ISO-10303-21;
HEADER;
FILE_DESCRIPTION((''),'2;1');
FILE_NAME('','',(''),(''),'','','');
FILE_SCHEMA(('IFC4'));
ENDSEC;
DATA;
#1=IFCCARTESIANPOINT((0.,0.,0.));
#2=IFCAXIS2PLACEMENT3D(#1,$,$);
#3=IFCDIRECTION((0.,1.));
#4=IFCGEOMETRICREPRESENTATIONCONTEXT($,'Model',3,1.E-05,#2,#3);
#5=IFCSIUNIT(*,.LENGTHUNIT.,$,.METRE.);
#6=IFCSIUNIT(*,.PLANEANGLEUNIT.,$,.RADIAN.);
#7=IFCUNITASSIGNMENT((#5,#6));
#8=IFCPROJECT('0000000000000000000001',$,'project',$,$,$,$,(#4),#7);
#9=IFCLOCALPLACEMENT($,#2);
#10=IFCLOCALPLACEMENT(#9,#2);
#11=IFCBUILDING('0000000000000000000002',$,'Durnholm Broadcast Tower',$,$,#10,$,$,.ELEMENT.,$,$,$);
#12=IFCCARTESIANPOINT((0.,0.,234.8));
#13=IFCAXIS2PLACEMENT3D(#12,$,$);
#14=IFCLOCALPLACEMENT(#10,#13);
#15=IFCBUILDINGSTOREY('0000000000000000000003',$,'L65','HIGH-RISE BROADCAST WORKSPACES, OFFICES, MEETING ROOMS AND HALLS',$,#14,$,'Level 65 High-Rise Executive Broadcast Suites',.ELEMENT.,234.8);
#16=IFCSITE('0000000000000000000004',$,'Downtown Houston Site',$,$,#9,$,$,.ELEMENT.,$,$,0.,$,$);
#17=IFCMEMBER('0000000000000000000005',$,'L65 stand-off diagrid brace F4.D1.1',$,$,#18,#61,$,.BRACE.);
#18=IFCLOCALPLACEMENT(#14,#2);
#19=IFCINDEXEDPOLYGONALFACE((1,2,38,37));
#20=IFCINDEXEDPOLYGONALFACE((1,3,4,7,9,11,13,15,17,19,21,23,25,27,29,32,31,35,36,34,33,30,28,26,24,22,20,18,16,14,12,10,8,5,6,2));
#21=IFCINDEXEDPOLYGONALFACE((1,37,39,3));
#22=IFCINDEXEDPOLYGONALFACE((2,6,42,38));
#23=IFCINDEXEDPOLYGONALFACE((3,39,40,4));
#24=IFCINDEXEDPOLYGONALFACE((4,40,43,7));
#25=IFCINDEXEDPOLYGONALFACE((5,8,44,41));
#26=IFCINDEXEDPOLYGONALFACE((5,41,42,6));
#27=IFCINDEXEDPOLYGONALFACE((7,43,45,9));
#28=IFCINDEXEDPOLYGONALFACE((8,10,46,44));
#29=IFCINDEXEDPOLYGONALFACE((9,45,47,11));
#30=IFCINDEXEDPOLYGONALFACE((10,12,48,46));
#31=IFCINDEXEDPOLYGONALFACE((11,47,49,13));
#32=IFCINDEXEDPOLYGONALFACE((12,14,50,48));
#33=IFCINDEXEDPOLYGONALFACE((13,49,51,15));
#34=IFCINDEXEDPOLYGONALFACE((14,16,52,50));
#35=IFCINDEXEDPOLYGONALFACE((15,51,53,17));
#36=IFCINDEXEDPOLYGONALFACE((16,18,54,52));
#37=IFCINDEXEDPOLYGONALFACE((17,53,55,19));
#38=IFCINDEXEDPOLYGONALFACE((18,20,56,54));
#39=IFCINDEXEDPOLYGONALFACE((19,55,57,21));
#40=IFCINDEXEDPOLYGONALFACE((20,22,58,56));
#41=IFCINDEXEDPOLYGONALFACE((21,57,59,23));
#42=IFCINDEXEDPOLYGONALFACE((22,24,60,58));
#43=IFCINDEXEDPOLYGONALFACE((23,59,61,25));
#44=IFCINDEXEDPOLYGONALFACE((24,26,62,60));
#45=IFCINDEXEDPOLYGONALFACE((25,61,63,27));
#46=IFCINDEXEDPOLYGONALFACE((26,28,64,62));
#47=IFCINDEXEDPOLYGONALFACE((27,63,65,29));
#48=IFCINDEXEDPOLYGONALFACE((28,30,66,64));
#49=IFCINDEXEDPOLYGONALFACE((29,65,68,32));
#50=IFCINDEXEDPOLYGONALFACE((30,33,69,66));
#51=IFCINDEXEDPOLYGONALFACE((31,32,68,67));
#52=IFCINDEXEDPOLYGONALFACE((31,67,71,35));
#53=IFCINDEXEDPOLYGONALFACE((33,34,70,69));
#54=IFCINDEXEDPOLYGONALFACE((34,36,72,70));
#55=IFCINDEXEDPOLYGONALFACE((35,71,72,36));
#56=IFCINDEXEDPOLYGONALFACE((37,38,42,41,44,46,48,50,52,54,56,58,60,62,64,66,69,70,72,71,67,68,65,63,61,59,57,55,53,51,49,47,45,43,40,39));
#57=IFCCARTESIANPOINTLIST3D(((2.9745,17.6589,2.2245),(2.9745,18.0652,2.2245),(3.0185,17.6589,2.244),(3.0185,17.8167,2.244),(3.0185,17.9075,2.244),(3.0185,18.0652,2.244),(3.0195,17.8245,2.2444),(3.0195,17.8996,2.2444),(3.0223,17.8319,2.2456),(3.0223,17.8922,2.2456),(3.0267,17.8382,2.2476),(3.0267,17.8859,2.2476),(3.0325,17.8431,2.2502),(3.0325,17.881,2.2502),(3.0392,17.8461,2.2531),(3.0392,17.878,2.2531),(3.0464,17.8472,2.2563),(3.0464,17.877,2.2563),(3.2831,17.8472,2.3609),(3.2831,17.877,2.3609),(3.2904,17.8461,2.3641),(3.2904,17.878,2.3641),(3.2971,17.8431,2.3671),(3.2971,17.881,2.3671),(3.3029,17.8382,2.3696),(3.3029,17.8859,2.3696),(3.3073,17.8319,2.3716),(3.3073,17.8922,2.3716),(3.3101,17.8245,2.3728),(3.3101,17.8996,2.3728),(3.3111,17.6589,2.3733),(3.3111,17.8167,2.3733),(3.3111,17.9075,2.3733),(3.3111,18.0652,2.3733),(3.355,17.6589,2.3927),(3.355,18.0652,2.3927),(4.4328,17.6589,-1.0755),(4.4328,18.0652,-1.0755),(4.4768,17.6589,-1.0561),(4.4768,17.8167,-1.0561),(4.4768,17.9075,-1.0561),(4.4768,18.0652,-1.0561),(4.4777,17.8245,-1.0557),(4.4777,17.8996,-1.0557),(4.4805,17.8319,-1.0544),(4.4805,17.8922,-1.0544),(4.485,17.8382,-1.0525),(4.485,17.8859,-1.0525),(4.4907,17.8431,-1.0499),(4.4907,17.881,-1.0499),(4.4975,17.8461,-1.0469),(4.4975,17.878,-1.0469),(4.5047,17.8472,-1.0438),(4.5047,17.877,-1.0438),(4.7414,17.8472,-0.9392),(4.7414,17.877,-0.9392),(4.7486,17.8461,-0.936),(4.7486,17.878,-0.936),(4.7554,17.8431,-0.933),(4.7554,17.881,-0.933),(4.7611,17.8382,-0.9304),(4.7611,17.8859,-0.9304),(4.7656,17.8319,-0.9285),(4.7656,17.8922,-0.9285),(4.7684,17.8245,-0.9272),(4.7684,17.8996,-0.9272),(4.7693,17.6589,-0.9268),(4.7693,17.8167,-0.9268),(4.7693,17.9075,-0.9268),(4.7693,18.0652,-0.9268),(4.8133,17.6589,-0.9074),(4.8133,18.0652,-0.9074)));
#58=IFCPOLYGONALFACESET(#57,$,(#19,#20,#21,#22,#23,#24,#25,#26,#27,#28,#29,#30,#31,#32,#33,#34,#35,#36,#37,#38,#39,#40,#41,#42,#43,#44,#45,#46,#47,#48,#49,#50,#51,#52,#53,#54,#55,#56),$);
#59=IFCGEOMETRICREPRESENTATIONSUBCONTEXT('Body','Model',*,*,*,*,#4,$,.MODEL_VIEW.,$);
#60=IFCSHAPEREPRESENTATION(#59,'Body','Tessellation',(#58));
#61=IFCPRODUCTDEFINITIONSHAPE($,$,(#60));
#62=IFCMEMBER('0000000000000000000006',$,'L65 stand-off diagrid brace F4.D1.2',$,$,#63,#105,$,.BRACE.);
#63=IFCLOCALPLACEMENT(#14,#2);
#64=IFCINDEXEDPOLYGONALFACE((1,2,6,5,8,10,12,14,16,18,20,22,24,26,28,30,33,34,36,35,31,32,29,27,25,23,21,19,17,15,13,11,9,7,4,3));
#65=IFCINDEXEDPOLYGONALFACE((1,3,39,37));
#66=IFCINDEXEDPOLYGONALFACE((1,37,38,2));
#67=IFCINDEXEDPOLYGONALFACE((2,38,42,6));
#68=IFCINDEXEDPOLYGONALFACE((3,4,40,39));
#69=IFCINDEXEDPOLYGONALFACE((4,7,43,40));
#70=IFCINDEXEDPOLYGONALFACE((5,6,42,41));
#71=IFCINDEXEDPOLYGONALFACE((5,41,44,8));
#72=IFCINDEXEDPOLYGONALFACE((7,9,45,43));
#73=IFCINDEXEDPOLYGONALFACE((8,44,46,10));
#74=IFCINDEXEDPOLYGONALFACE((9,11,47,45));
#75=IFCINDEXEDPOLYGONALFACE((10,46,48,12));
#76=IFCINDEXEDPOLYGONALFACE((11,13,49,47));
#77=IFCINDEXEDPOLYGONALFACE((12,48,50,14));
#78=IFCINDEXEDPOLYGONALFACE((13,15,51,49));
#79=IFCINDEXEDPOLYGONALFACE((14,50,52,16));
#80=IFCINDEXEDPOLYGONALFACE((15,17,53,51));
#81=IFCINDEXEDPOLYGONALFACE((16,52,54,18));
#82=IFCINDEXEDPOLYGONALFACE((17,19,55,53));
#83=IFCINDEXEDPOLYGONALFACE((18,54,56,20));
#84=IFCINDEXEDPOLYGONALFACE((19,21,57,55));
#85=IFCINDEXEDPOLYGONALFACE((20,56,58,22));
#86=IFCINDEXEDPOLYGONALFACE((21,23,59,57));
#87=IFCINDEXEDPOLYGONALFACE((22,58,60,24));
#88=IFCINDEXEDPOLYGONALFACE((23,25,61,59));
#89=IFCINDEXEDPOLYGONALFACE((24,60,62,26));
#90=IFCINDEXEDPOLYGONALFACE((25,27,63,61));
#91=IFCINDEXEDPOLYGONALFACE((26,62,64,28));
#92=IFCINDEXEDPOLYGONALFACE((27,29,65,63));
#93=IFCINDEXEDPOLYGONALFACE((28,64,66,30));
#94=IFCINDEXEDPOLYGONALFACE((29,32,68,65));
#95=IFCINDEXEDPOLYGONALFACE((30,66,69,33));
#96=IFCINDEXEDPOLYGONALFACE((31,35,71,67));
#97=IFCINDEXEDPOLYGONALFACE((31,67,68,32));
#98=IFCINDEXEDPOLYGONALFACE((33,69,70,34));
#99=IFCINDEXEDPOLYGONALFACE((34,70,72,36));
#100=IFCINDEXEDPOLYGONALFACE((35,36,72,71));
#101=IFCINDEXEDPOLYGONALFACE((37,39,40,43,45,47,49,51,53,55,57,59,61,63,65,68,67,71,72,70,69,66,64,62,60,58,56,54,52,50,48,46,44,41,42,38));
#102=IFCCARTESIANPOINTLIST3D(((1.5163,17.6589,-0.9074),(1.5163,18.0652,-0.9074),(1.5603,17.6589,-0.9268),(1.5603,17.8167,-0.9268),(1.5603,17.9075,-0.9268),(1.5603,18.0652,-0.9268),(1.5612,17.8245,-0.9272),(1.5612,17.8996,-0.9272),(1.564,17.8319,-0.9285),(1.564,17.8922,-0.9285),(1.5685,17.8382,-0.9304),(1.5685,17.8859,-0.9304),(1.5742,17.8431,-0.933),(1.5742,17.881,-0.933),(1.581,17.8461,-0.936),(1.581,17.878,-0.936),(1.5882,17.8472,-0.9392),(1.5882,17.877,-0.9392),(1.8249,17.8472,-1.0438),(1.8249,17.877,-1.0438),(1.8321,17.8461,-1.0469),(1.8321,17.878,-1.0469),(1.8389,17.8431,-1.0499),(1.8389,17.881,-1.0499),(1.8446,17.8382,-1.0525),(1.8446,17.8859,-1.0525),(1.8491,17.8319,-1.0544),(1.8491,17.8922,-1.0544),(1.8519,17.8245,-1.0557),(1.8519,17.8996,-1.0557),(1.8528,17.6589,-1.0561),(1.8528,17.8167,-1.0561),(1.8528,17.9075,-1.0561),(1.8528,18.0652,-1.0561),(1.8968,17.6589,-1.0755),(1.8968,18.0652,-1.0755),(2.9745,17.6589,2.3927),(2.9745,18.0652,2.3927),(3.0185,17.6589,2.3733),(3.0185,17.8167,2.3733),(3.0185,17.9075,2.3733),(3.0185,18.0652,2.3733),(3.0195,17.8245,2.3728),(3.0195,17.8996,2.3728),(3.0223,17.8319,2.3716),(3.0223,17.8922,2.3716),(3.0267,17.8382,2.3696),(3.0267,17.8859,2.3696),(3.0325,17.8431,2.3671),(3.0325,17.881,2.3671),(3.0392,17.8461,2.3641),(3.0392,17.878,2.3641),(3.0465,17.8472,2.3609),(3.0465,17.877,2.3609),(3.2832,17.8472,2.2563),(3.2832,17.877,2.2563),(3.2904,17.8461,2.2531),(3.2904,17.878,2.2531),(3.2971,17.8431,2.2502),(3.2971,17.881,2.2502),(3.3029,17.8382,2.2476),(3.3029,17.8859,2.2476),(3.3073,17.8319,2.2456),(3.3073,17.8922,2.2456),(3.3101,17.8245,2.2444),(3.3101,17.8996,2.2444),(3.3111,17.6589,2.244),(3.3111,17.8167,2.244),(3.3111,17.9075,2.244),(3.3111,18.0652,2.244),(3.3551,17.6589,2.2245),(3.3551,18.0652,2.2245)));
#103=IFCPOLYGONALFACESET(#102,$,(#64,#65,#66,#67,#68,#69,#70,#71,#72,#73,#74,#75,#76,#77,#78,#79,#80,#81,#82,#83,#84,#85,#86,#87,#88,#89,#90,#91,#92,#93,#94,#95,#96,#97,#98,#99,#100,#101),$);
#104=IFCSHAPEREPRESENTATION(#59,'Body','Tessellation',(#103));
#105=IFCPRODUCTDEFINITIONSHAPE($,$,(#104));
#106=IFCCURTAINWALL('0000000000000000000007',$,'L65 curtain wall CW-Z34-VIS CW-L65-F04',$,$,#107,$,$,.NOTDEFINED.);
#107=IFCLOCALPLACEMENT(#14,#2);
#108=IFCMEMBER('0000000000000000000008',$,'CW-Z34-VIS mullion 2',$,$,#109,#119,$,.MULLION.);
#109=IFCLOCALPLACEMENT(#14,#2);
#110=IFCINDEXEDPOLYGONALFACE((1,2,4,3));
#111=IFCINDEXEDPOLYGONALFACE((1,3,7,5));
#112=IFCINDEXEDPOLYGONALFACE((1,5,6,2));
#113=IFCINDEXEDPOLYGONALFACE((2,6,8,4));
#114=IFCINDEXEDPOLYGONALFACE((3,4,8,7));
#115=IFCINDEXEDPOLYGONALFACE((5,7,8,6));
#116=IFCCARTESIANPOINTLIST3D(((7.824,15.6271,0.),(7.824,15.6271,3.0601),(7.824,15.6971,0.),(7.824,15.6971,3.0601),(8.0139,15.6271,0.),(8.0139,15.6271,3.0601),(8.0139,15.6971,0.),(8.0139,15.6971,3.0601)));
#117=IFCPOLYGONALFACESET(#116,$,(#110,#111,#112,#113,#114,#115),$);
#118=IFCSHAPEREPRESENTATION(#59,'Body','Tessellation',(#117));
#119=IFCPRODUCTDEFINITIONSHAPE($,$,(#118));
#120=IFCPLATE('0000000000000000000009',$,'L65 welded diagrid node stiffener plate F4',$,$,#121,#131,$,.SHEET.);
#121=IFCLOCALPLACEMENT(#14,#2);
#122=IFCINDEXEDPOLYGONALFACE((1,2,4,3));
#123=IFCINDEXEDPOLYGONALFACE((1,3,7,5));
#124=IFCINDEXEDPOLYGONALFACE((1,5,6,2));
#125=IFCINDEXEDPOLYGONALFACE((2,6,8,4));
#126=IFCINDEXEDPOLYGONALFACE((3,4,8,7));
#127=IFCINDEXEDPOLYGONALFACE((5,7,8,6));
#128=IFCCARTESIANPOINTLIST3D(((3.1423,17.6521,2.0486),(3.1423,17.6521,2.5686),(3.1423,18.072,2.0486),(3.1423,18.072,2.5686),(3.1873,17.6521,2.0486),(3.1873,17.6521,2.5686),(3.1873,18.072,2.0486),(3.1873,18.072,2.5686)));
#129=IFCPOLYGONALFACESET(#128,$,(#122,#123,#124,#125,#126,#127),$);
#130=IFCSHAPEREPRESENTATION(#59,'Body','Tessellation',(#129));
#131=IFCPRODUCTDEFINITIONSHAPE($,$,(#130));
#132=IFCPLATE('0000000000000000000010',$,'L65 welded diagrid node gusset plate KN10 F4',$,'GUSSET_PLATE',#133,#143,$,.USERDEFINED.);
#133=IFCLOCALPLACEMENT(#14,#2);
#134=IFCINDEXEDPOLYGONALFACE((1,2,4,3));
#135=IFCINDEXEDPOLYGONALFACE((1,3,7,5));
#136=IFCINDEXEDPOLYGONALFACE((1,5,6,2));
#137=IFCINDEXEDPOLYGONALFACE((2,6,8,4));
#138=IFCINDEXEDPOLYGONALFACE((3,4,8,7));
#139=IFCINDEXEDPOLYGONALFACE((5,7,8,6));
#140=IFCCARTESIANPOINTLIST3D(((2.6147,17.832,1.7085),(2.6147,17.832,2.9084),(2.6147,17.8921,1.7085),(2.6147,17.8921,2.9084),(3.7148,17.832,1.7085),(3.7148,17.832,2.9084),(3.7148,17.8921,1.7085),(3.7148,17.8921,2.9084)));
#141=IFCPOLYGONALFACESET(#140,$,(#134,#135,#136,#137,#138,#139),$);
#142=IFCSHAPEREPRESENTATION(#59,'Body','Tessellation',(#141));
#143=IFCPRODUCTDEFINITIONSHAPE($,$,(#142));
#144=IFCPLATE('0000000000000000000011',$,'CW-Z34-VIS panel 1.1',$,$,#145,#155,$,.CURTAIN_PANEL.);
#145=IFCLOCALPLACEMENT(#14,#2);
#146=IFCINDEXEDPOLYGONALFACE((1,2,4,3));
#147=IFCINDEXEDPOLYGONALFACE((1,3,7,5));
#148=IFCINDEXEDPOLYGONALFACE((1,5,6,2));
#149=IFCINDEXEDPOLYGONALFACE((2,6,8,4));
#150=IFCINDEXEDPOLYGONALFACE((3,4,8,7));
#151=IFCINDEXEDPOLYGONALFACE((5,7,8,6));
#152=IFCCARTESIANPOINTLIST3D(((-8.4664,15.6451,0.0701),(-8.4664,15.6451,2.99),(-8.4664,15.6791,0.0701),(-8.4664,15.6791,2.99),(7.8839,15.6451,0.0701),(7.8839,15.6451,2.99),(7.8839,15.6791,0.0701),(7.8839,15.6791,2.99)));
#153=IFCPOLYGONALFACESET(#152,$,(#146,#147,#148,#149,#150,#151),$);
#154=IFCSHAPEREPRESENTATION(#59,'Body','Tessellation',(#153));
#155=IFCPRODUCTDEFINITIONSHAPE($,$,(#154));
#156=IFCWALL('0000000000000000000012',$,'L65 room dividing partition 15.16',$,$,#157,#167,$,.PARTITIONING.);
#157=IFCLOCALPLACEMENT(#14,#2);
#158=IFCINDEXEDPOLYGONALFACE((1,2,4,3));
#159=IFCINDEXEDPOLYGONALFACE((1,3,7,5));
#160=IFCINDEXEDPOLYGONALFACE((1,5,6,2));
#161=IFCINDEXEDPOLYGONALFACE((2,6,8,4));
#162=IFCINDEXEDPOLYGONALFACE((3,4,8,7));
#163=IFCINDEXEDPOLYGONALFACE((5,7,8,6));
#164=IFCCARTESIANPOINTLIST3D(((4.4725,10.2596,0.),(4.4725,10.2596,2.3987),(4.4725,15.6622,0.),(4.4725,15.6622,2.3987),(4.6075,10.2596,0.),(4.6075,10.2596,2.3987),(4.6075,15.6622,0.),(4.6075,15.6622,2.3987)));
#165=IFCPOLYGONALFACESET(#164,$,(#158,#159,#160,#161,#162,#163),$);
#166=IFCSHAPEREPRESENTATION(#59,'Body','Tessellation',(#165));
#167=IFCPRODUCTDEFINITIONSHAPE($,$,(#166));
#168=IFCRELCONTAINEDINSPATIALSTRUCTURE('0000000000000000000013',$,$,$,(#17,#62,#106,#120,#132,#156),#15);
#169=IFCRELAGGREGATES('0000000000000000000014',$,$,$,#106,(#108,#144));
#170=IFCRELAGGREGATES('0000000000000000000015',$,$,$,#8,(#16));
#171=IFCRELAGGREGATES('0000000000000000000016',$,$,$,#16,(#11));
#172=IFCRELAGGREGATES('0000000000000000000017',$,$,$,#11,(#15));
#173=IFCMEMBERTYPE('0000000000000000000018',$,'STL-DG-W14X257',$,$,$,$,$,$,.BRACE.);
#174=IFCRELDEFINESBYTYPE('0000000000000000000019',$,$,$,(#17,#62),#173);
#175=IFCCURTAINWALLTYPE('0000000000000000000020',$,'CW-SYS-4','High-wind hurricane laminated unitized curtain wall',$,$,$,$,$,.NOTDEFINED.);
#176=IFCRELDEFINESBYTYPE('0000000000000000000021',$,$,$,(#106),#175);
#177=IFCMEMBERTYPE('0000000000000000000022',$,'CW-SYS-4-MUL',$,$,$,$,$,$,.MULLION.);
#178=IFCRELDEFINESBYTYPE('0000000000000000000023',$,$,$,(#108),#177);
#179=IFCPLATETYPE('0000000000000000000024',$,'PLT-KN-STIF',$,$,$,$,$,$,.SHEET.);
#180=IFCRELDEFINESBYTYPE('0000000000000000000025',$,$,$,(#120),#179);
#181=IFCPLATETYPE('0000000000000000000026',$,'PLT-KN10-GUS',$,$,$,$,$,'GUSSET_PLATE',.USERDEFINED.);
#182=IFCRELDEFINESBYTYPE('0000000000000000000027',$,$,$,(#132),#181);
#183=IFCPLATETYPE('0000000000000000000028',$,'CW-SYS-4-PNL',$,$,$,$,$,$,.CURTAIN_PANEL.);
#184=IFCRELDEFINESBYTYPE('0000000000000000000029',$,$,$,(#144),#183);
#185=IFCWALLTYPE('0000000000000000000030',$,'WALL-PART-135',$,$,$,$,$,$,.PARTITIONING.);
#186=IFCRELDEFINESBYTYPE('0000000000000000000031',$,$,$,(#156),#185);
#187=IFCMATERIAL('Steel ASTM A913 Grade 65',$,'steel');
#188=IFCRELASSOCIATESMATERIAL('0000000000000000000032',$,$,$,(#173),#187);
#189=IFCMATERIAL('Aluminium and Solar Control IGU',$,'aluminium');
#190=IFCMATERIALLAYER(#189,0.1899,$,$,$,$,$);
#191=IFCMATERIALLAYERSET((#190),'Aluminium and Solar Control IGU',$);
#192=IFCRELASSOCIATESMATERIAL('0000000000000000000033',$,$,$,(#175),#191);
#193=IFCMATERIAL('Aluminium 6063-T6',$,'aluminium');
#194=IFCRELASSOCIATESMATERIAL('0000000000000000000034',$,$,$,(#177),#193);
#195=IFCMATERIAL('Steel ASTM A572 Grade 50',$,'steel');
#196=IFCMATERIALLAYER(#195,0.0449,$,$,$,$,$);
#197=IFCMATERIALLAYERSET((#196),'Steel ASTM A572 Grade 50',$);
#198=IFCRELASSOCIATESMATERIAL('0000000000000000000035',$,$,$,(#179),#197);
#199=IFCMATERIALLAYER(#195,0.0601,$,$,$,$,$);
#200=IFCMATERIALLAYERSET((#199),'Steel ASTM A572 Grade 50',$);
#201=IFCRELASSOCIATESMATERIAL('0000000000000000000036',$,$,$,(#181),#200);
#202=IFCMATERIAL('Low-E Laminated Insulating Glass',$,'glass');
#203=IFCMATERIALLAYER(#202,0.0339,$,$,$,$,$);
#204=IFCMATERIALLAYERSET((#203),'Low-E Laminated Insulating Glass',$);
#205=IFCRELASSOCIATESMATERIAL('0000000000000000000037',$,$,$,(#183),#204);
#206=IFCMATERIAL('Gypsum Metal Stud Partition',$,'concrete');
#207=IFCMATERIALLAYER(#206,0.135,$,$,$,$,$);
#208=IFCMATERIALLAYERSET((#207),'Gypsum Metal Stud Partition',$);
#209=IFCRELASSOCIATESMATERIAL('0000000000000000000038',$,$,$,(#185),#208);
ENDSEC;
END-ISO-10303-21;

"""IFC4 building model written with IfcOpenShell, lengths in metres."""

from ifc_helpers import new_model, si_unit, direction, frame, frame_2d, origin, origin_2d, place, context, subcontext, project, spatial, rectangle, i_section, extrude, source, transform, mapped, material, layer, layer_set, material_profile, profile_set, type_object, type_shapes, element, aggregate, save


model = new_model("IFC4")

# Units and contexts
model_context = context("Model", 3, precision=1e-05, world=origin(), true_north=direction((0.0, 1.0)))
body_context = subcontext(model_context, "Body", "Model", "MODEL_VIEW")
ifc_project = project(units=[si_unit("LENGTHUNIT", "METRE"), si_unit("PLANEANGLEUNIT", "RADIAN")], contexts=[model_context])

# Site, building, storey
site_placement = place(None, origin())
site = spatial("IfcSite", under=ifc_project, at=site_placement, Name="Downtown Houston Site", CompositionType="ELEMENT", RefElevation=0.0)
building_placement = place(site_placement, origin())
building = spatial("IfcBuilding", under=site, at=building_placement, Name="Durnholm Broadcast Tower", CompositionType="ELEMENT")
storey_placement = place(building_placement, frame((0.0, 0.0, 234.8)))
storey = spatial("IfcBuildingStorey", under=building, at=storey_placement, Name="L65", Description="HIGH-RISE BROADCAST WORKSPACES, OFFICES, MEETING ROOMS AND HALLS", LongName="Level 65 High-Rise Executive Broadcast Suites", CompositionType="ELEMENT", Elevation=234.8)

# Members
ifc_material_1 = material(Name="Steel ASTM A913 Grade 65", Category="steel")
ifc_material_profile_1 = material_profile(ifc_material_1, i_section(OverallWidth=0.4062, OverallDepth=0.416, WebThickness=0.0298, FlangeThickness=0.0481, FilletRadius=0.0305, at=origin_2d()), Name="W14X257")
ifc_profile_set_1 = profile_set([ifc_material_profile_1], Name="Steel ASTM A913 Grade 65")
member_type_1 = type_object("IfcMemberType", Name="STL-DG-W14X257", PredefinedType="BRACE", material=ifc_profile_set_1)
shared_shape_1 = source(origin(), body_context, "Body", "SweptSolid", [
    extrude(i_section(OverallWidth=0.4062, OverallDepth=0.416, WebThickness=0.0298, FlangeThickness=0.0481, FilletRadius=0.0305, at=origin_2d()), origin(), (0.0, 0.0, 1.0), 3.6079),
])
type_shapes(member_type_1, [shared_shape_1])
for number, where, z_axis, x_axis, name in (
    (1, (4.623, 17.8621, -0.9915), (-0.404185, 0.0, 0.914677), (0.0, -1.0, 0.0), "L65 stand-off diagrid brace F4.D1.1"),
    (2, (1.7065, 17.8621, -0.9915), (0.404185, 0.0, 0.914677), (0.0, 1.0, 0.0), "L65 stand-off diagrid brace F4.D1.2"),
):
    element("IfcMember", number, at=place(storey_placement, frame(where, z_axis=z_axis, x_axis=x_axis)), inside=storey, type_object=member_type_1, Name=name, PredefinedType="BRACE", context=body_context, shape_type="MappedRepresentation", body=[
        mapped(shared_shape_1, transform((0.0, 0.0, 0.0), x_axis=(1.0, 0.0, 0.0), y_axis=(0.0, 1.0, 0.0), z_axis=(0.0, 0.0, 1.0), scale=1.0)),
    ])

# Curtain wall, member
ifc_material_2 = material(Name="Aluminium and Solar Control IGU", Category="aluminium")
ifc_layer_1 = layer(ifc_material_2, 0.1899)
ifc_layer_set_1 = layer_set([ifc_layer_1], Name="Aluminium and Solar Control IGU")
curtain_wall_type = type_object("IfcCurtainWallType", Name="CW-SYS-4", Description="High-wind hurricane laminated unitized curtain wall", PredefinedType="NOTDEFINED", material=ifc_layer_set_1)
curtain_wall_placement = place(storey_placement, origin())
curtain_wall = element("IfcCurtainWall", 3, at=curtain_wall_placement, inside=storey, type_object=curtain_wall_type, Name="L65 curtain wall CW-Z34-VIS CW-L65-F04", PredefinedType="NOTDEFINED")
ifc_material_3 = material(Name="Aluminium 6063-T6", Category="aluminium")
ifc_material_profile_2 = material_profile(ifc_material_3, rectangle(XDim=0.0701, YDim=0.1899, at=origin_2d()), Name="CWM70X190")
ifc_profile_set_2 = profile_set([ifc_material_profile_2], Name="Aluminium 6063-T6")
member_type_2 = type_object("IfcMemberType", Name="CW-SYS-4-MUL", PredefinedType="MULLION", material=ifc_profile_set_2)
shared_shape_2 = source(origin(), body_context, "Body", "SweptSolid", [
    extrude(rectangle(XDim=0.0701, YDim=0.1899, at=origin_2d()), origin(), (0.0, 0.0, 1.0), 3.0601),
])
type_shapes(member_type_2, [shared_shape_2])
member_placement = place(storey_placement, frame((7.9189, 15.6621, 0.0), z_axis=(0.0, 0.0, 1.0), x_axis=(0.0, 1.0, 0.0)))
member = element("IfcMember", 4, at=member_placement, type_object=member_type_2, Name="CW-Z34-VIS mullion 2", PredefinedType="MULLION", context=body_context, shape_type="MappedRepresentation", body=[
    mapped(shared_shape_2, transform((0.0, 0.0, 0.0), x_axis=(1.0, 0.0, 0.0), y_axis=(0.0, 1.0, 0.0), z_axis=(0.0, 0.0, 1.0), scale=1.0)),
])

# Plates
ifc_material_4 = material(Name="Steel ASTM A572 Grade 50", Category="steel")
ifc_layer_2 = layer(ifc_material_4, 0.0449)
ifc_layer_set_2 = layer_set([ifc_layer_2], Name="Steel ASTM A572 Grade 50")
plate_type_1 = type_object("IfcPlateType", Name="PLT-KN-STIF", PredefinedType="SHEET", material=ifc_layer_set_2)
shared_shape_3 = source(origin(), body_context, "Body", "SweptSolid", [
    extrude(rectangle(XDim=0.0449, YDim=0.4199, at=origin_2d()), origin(), (0.0, 0.0, 1.0), 0.52),
])
type_shapes(plate_type_1, [shared_shape_3])
plate_1_placement = place(storey_placement, frame((3.1648, 17.8621, 2.0486), z_axis=(0.0, 0.0, 1.0), x_axis=(-1.0, 0.0, 0.0)))
element("IfcPlate", 5, at=plate_1_placement, inside=storey, type_object=plate_type_1, Name="L65 welded diagrid node stiffener plate F4", PredefinedType="SHEET", context=body_context, shape_type="MappedRepresentation", body=[
    mapped(shared_shape_3, transform((0.0, 0.0, 0.0), x_axis=(1.0, 0.0, 0.0), y_axis=(0.0, 1.0, 0.0), z_axis=(0.0, 0.0, 1.0), scale=1.0)),
])
ifc_layer_3 = layer(ifc_material_4, 0.0601)
ifc_layer_set_3 = layer_set([ifc_layer_3], Name="Steel ASTM A572 Grade 50")
plate_type_2 = type_object("IfcPlateType", Name="PLT-KN10-GUS", ElementType="GUSSET_PLATE", PredefinedType="USERDEFINED", material=ifc_layer_set_3)
shared_shape_4 = source(origin(), body_context, "Body", "SweptSolid", [
    extrude(rectangle(XDim=1.1001, YDim=0.0601, at=origin_2d()), origin(), (0.0, 0.0, 1.0), 1.2),
])
type_shapes(plate_type_2, [shared_shape_4])
plate_2_placement = place(storey_placement, frame((3.1648, 17.8621, 1.7085), z_axis=(0.0, 0.0, 1.0), x_axis=(-1.0, 0.0, 0.0)))
element("IfcPlate", 6, at=plate_2_placement, inside=storey, type_object=plate_type_2, Name="L65 welded diagrid node gusset plate KN10 F4", ObjectType="GUSSET_PLATE", PredefinedType="USERDEFINED", context=body_context, shape_type="MappedRepresentation", body=[
    mapped(shared_shape_4, transform((0.0, 0.0, 0.0), x_axis=(1.0, 0.0, 0.0), y_axis=(0.0, 1.0, 0.0), z_axis=(0.0, 0.0, 1.0), scale=1.0)),
])

# Plate
ifc_material_5 = material(Name="Low-E Laminated Insulating Glass", Category="glass")
ifc_layer_4 = layer(ifc_material_5, 0.0339)
ifc_layer_set_4 = layer_set([ifc_layer_4], Name="Low-E Laminated Insulating Glass")
plate_type_3 = type_object("IfcPlateType", Name="CW-SYS-4-PNL", PredefinedType="CURTAIN_PANEL", material=ifc_layer_set_4)
shared_shape_5 = source(origin(), body_context, "Body", "SweptSolid", [
    extrude(rectangle(XDim=16.3503, YDim=0.0339, at=origin_2d()), origin(), (0.0, 0.0, 1.0), 2.9199),
])
type_shapes(plate_type_3, [shared_shape_5])
plate_3_placement = place(storey_placement, frame((-0.2913, 15.6621, 0.0701), z_axis=(0.0, 0.0, 1.0), x_axis=(1.0, 0.0, 0.0)))
plate_3 = element("IfcPlate", 7, at=plate_3_placement, type_object=plate_type_3, Name="CW-Z34-VIS panel 1.1", PredefinedType="CURTAIN_PANEL", context=body_context, shape_type="MappedRepresentation", body=[
    mapped(shared_shape_5, transform((0.0, 0.0, 0.0), x_axis=(1.0, 0.0, 0.0), y_axis=(0.0, 1.0, 0.0), z_axis=(0.0, 0.0, 1.0), scale=1.0)),
])
aggregate(curtain_wall, [member, plate_3])

# Wall
ifc_material_6 = material(Name="Gypsum Metal Stud Partition", Category="concrete")
ifc_layer_5 = layer(ifc_material_6, 0.135)
ifc_layer_set_5 = layer_set([ifc_layer_5], Name="Gypsum Metal Stud Partition")
wall_type_1 = type_object("IfcWallType", Name="WALL-PART-135", PredefinedType="PARTITIONING", material=ifc_layer_set_5)
wall_1_placement = place(storey_placement, frame((4.54, 15.6621, 0.0), z_axis=(0.0, 0.0, 1.0), x_axis=(0.0, -1.0, 0.0)))
element("IfcWall", 8, at=wall_1_placement, inside=storey, type_object=wall_type_1, Name="L65 room dividing partition 15.16", PredefinedType="PARTITIONING", context=body_context, shape_type="SweptSolid", body=[
    extrude(rectangle(XDim=5.4026, YDim=0.135, at=frame_2d((2.7012, 0.0))), origin(), (0.0, 0.0, 1.0), 2.3987),
])

save(model, "model.ifc")
